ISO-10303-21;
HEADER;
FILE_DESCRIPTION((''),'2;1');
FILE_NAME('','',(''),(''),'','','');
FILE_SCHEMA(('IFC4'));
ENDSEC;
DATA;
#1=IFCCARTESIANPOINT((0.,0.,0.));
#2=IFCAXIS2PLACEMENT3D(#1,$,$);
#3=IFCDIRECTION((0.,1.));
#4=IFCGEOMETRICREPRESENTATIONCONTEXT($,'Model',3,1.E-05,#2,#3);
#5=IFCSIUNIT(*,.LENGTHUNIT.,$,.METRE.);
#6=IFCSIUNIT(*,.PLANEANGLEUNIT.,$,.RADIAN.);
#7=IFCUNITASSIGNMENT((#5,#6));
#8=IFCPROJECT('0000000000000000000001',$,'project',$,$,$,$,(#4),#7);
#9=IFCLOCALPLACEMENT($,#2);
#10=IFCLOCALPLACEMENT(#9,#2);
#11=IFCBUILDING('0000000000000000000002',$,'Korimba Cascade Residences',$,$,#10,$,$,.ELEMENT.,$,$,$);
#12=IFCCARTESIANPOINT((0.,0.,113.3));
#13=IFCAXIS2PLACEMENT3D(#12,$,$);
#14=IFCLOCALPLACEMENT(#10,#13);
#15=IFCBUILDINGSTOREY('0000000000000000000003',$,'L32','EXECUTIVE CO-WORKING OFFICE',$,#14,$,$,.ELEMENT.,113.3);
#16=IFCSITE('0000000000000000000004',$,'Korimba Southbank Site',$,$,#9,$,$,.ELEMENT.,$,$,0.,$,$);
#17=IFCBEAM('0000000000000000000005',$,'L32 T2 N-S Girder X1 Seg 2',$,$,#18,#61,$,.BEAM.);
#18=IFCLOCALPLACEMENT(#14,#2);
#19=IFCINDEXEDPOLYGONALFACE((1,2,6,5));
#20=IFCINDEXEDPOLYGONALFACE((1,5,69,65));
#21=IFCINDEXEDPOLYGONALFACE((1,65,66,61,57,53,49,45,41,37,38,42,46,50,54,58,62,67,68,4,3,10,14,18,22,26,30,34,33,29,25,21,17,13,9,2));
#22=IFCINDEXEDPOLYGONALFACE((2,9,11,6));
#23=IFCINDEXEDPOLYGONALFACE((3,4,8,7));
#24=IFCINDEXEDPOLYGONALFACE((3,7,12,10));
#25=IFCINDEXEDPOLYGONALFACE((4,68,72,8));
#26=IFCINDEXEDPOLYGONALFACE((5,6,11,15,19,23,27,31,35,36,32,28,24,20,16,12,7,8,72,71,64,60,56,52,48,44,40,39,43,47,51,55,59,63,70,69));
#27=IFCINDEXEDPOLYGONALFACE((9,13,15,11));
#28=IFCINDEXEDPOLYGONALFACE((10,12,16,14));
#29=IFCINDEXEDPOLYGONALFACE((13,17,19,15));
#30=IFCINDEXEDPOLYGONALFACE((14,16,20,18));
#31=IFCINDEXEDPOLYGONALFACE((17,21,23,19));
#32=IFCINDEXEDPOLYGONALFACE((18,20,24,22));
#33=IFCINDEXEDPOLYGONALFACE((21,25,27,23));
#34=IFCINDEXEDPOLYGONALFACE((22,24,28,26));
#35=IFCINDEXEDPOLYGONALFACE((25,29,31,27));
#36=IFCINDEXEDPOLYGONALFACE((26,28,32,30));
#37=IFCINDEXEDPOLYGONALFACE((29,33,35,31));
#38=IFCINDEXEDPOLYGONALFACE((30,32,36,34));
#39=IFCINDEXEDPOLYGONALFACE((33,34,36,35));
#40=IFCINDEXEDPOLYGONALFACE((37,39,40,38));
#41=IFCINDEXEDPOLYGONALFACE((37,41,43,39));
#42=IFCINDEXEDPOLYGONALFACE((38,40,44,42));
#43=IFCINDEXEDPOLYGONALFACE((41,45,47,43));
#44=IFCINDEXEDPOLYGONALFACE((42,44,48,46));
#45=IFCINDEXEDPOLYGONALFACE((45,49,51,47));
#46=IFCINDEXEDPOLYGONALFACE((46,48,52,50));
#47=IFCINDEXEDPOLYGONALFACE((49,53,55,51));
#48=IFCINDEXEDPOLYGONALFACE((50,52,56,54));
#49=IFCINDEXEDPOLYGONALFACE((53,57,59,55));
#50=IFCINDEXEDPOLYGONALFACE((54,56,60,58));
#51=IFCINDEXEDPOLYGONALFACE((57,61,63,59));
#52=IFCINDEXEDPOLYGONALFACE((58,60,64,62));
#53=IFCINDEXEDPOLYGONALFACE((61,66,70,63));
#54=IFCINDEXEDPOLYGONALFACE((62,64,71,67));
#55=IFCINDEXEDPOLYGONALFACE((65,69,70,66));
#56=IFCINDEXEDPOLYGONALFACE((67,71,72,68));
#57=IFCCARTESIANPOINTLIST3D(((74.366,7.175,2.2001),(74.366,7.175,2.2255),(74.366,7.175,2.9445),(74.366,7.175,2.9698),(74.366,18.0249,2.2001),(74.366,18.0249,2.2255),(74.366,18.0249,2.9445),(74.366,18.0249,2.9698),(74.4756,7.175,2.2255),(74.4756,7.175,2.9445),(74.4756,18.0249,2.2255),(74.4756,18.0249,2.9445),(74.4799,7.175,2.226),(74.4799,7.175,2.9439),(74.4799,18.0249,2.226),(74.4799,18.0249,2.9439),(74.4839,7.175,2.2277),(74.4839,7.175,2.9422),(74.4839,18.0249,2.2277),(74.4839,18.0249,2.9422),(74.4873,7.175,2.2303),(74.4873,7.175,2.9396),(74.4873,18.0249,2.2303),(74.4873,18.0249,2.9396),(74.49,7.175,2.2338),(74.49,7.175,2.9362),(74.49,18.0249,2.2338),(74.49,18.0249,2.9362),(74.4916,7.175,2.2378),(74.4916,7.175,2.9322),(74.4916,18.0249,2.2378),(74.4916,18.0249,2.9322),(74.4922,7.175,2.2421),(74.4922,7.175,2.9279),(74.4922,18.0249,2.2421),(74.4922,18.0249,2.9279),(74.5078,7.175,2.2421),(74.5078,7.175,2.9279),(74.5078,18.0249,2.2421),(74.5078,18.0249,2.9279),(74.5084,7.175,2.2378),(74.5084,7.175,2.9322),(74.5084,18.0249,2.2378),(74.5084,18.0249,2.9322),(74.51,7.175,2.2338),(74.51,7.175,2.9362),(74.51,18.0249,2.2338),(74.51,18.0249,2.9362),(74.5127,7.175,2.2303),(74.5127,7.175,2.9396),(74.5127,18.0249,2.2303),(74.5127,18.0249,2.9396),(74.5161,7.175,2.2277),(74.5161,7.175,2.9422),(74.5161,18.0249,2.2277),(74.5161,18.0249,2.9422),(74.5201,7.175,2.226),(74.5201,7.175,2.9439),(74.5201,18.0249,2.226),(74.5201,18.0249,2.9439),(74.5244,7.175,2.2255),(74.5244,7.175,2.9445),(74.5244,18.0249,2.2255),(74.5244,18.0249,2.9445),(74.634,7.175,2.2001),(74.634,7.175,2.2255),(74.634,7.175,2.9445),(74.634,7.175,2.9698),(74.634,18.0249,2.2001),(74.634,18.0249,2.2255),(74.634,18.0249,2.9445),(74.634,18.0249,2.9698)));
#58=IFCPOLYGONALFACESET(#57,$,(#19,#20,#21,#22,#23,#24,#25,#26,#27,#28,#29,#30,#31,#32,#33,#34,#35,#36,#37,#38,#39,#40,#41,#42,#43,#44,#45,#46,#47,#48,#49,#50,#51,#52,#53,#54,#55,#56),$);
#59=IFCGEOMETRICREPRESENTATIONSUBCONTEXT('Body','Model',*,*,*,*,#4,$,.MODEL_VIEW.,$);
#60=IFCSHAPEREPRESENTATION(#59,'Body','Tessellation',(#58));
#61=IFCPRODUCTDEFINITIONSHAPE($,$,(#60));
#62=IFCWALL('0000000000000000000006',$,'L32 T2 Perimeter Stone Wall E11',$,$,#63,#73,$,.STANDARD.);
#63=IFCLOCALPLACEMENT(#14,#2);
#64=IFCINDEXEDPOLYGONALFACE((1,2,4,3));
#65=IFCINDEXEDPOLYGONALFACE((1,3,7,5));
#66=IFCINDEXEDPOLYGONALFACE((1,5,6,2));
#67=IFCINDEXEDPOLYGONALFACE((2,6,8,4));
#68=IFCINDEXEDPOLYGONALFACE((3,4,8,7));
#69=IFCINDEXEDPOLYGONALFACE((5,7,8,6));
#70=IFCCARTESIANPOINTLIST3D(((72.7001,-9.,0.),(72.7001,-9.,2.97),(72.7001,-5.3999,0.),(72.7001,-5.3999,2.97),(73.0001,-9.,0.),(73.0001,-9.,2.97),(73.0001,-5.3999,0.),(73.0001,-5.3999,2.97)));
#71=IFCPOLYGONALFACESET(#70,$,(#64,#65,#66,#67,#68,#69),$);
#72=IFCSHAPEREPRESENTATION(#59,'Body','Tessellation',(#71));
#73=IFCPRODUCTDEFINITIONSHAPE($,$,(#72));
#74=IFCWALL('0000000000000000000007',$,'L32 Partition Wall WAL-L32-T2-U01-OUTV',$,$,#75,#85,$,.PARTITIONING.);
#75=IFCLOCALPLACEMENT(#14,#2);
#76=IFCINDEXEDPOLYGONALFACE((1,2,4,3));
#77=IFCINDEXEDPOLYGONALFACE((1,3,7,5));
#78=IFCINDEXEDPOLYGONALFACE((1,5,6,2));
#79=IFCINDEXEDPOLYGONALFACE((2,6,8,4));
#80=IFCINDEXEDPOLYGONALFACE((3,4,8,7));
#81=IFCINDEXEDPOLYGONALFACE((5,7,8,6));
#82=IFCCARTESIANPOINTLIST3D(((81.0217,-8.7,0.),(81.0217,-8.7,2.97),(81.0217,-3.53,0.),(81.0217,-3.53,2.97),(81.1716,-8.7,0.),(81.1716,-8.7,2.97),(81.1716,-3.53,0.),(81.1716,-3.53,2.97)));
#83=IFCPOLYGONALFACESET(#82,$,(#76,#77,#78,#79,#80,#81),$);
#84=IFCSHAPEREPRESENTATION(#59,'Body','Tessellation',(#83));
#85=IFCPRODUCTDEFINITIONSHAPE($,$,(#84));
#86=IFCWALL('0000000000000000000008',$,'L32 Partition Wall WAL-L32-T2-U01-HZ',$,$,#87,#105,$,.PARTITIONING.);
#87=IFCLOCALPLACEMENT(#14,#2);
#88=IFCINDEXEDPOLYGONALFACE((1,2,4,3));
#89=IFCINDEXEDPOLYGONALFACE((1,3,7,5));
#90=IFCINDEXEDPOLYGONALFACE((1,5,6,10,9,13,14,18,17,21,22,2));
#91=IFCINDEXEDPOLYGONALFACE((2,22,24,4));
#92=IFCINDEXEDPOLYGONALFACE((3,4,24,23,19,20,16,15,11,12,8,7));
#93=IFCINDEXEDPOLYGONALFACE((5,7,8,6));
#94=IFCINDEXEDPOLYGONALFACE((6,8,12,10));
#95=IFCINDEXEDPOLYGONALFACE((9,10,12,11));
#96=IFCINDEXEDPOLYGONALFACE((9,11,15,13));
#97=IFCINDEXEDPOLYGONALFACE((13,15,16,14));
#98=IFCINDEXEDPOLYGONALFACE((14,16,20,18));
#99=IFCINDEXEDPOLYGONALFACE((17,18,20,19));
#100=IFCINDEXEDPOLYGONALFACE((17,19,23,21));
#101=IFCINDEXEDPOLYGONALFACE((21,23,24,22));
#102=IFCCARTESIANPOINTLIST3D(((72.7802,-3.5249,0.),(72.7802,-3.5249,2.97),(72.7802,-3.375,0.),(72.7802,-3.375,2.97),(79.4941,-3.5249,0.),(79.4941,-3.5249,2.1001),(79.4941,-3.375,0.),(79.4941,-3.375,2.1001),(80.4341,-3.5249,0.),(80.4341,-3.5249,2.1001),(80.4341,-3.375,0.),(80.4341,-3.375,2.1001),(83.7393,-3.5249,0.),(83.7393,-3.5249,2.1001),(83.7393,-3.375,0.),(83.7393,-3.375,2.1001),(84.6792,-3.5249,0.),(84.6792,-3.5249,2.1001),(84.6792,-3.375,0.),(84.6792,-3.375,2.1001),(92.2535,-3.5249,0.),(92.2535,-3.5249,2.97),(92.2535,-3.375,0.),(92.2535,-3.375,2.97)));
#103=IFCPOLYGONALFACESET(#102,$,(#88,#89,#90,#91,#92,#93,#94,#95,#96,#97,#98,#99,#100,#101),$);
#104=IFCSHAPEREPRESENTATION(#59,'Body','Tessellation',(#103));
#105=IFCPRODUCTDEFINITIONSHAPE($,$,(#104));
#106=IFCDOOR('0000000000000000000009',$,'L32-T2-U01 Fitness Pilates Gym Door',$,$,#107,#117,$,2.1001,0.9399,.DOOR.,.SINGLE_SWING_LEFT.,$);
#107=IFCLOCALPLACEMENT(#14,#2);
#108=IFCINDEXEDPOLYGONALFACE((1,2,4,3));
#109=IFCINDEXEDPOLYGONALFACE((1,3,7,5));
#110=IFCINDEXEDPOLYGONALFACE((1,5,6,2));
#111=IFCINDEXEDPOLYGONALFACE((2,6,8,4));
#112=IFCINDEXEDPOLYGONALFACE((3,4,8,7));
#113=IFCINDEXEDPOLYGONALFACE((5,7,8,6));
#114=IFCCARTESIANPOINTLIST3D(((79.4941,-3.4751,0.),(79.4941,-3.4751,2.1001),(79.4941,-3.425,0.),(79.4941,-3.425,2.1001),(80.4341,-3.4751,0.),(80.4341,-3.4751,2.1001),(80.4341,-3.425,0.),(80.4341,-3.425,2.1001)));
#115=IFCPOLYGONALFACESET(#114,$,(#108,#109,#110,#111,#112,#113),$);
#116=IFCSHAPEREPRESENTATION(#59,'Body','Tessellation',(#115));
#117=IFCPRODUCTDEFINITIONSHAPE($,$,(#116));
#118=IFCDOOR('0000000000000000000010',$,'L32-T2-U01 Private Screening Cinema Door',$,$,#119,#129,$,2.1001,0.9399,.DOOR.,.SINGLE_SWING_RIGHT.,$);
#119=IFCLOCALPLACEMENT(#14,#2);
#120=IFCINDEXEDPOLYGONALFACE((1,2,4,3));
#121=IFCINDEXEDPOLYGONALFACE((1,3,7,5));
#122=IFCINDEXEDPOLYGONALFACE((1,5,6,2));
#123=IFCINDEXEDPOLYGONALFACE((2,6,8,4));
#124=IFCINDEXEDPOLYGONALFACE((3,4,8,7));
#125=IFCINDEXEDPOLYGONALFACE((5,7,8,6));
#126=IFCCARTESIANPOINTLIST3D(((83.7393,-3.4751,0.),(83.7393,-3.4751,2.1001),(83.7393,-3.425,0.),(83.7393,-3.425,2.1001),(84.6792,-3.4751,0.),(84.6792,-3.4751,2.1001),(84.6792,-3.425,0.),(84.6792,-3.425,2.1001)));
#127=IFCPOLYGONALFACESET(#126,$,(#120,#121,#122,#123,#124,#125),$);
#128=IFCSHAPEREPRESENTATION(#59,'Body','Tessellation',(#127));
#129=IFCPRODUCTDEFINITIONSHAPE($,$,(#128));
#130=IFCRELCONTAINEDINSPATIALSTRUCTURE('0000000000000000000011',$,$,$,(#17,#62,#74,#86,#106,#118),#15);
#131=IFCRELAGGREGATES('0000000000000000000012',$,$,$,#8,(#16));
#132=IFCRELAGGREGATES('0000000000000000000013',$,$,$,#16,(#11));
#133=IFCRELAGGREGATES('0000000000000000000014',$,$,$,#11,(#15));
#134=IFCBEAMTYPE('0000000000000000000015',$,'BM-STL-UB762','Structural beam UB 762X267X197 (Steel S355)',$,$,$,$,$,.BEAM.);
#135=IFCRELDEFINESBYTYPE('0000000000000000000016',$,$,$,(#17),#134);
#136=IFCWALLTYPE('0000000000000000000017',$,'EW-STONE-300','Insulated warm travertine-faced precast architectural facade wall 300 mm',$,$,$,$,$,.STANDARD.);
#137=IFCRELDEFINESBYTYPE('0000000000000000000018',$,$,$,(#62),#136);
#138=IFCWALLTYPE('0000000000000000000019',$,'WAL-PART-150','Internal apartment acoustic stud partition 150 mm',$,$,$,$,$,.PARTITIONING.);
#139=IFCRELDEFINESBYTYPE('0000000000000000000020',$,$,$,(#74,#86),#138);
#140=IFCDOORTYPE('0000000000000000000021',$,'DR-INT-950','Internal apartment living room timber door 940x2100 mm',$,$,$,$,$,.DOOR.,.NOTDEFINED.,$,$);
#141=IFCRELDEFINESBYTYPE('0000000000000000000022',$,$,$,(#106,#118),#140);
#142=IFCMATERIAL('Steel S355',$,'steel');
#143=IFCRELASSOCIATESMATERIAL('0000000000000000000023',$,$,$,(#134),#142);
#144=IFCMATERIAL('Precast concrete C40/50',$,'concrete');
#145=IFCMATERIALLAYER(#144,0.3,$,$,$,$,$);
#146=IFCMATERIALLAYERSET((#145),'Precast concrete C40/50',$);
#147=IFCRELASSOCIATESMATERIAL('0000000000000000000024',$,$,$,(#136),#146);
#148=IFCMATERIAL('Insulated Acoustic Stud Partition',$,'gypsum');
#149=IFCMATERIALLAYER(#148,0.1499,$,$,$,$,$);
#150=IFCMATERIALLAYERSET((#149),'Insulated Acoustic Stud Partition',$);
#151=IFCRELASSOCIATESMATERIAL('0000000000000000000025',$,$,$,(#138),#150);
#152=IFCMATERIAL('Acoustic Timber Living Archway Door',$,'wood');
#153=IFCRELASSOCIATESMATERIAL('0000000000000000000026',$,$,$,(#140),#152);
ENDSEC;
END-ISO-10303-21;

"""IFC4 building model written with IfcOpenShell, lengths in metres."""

from ifc_helpers import new_model, si_unit, direction, frame, frame_2d, origin, origin_2d, place, context, subcontext, project, spatial, rectangle, i_section, extrude, material, layer, layer_set, material_profile, profile_set, type_object, element, fill, save


model = new_model("IFC4")

# Units and contexts
model_context = context("Model", 3, precision=1e-05, world=origin(), true_north=direction((0.0, 1.0)))
body_context = subcontext(model_context, "Body", "Model", "MODEL_VIEW")
ifc_project = project(units=[si_unit("LENGTHUNIT", "METRE"), si_unit("PLANEANGLEUNIT", "RADIAN")], contexts=[model_context])

# Site, building, storey
site_placement = place(None, origin())
site = spatial("IfcSite", under=ifc_project, at=site_placement, Name="Korimba Southbank Site", CompositionType="ELEMENT", RefElevation=0.0)
building_placement = place(site_placement, origin())
building = spatial("IfcBuilding", under=site, at=building_placement, Name="Korimba Cascade Residences", CompositionType="ELEMENT")
storey_placement = place(building_placement, frame((0.0, 0.0, 113.3)))
storey = spatial("IfcBuildingStorey", under=building, at=storey_placement, Name="L32", Description="EXECUTIVE CO-WORKING OFFICE", CompositionType="ELEMENT", Elevation=113.3)

# Beam
ifc_material_1 = material(Name="Steel S355", Category="steel")
ifc_material_profile_1 = material_profile(ifc_material_1, i_section(OverallWidth=0.2681, OverallDepth=0.7698, WebThickness=0.0156, FlangeThickness=0.0254, FilletRadius=0.0166, at=origin_2d()), Name="Steel S355")
ifc_profile_set_1 = profile_set([ifc_material_profile_1], Name="Steel S355")
beam_type_1 = type_object("IfcBeamType", Name="BM-STL-UB762", Description="Structural beam UB 762X267X197 (Steel S355)", PredefinedType="BEAM", material=ifc_profile_set_1)
beam_1_placement = place(storey_placement, frame((74.5, 7.175, 2.585), z_axis=(0.0, 1.0, 0.0), x_axis=(-1.0, 0.0, 0.0)))
element("IfcBeam", 1, at=beam_1_placement, inside=storey, type_object=beam_type_1, Name="L32 T2 N-S Girder X1 Seg 2", PredefinedType="BEAM", context=body_context, shape_type="SweptSolid", body=[
    extrude(i_section(OverallWidth=0.2681, OverallDepth=0.7698, WebThickness=0.0156, FlangeThickness=0.0254, FilletRadius=0.0166, at=origin_2d()), origin(), (0.0, 0.0, 1.0), 10.8499),
])

# Walls
ifc_material_2 = material(Name="Precast concrete C40/50", Category="concrete")
ifc_layer_1 = layer(ifc_material_2, 0.3)
ifc_layer_set_1 = layer_set([ifc_layer_1], Name="Precast concrete C40/50")
wall_type_1 = type_object("IfcWallType", Name="EW-STONE-300", Description="Insulated warm travertine-faced precast architectural facade wall 300 mm", PredefinedType="STANDARD", material=ifc_layer_set_1)
wall_1_placement = place(storey_placement, frame((72.8501, -5.3999, 0.0), z_axis=(0.0, 0.0, 1.0), x_axis=(0.0, -1.0, 0.0)))
element("IfcWall", 2, at=wall_1_placement, inside=storey, type_object=wall_type_1, Name="L32 T2 Perimeter Stone Wall E11", PredefinedType="STANDARD", context=body_context, shape_type="SweptSolid", body=[
    extrude(rectangle(XDim=3.6001, YDim=0.3, at=frame_2d((1.8, 0.0))), origin(), (0.0, 0.0, 1.0), 2.97),
])
ifc_material_3 = material(Name="Insulated Acoustic Stud Partition", Category="gypsum")
ifc_layer_2 = layer(ifc_material_3, 0.1499)
ifc_layer_set_2 = layer_set([ifc_layer_2], Name="Insulated Acoustic Stud Partition")
wall_type_2 = type_object("IfcWallType", Name="WAL-PART-150", Description="Internal apartment acoustic stud partition 150 mm", PredefinedType="PARTITIONING", material=ifc_layer_set_2)
wall_2_placement = place(storey_placement, frame((81.0967, -8.7, 0.0), z_axis=(0.0, 0.0, 1.0), x_axis=(0.0, 1.0, 0.0)))
element("IfcWall", 3, at=wall_2_placement, inside=storey, type_object=wall_type_2, Name="L32 Partition Wall WAL-L32-T2-U01-OUTV", PredefinedType="PARTITIONING", context=body_context, shape_type="SweptSolid", body=[
    extrude(rectangle(XDim=5.1699, YDim=0.1499, at=frame_2d((2.585, 0.0))), origin(), (0.0, 0.0, 1.0), 2.97),
])

# Wall, openings, doors
wall_3_placement = place(storey_placement, frame((72.78, -3.45, 0.0), z_axis=(0.0, 0.0, 1.0), x_axis=(1.0, 0.0, 0.0)))
wall_3 = element("IfcWall", 4, at=wall_3_placement, inside=storey, type_object=wall_type_2, Name="L32 Partition Wall WAL-L32-T2-U01-HZ", PredefinedType="PARTITIONING", context=body_context, shape_type="SweptSolid", body=[
    extrude(rectangle(XDim=19.4734, YDim=0.1499, at=frame_2d((9.7368, 0.0))), origin(), (0.0, 0.0, 1.0), 2.97),
])
opening_1_placement = place(wall_3_placement, frame((6.7141, 0.0, 0.0)))
opening_1 = element("IfcOpeningElement", 5, at=opening_1_placement, cuts=wall_3, PredefinedType="OPENING", context=body_context, shape_type="SweptSolid", body=[
    extrude(rectangle(XDim=0.9399, YDim=2.1001, at=frame_2d((0.47, 1.05))), frame((0.0, 0.085, 0.0), z_axis=(0.0, -1.0, 0.0), x_axis=(1.0, 0.0, 0.0)), (0.0, 0.0, 1.0), 0.1699),
])
opening_2_placement = place(wall_3_placement, frame((10.9592, 0.0, 0.0)))
opening_2 = element("IfcOpeningElement", 6, at=opening_2_placement, cuts=wall_3, PredefinedType="OPENING", context=body_context, shape_type="SweptSolid", body=[
    extrude(rectangle(XDim=0.9399, YDim=2.1001, at=frame_2d((0.47, 1.05))), frame((0.0, 0.085, 0.0), z_axis=(0.0, -1.0, 0.0), x_axis=(1.0, 0.0, 0.0)), (0.0, 0.0, 1.0), 0.1699),
])
ifc_material_4 = material(Name="Acoustic Timber Living Archway Door", Category="wood")
door_type = type_object("IfcDoorType", Name="DR-INT-950", Description="Internal apartment living room timber door 940x2100 mm", OperationType="NOTDEFINED", PredefinedType="DOOR", material=ifc_material_4)
door_1_placement = place(opening_1_placement, origin())
door_1 = element("IfcDoor", 7, at=door_1_placement, inside=storey, type_object=door_type, Name="L32-T2-U01 Fitness Pilates Gym Door", OperationType="SINGLE_SWING_LEFT", OverallHeight=2.1001, OverallWidth=0.9399, PredefinedType="DOOR", context=body_context, shape_type="SweptSolid", body=[
    extrude(rectangle(XDim=0.9399, YDim=2.1001, at=frame_2d((0.47, 1.05))), frame((0.0, 0.0249, 0.0), z_axis=(0.0, -1.0, 0.0), x_axis=(1.0, 0.0, 0.0)), (0.0, 0.0, 1.0), 0.05),
])
fill(opening_1, door_1)
door_2_placement = place(opening_2_placement, origin())
door_2 = element("IfcDoor", 8, at=door_2_placement, inside=storey, type_object=door_type, Name="L32-T2-U01 Private Screening Cinema Door", OperationType="SINGLE_SWING_RIGHT", OverallHeight=2.1001, OverallWidth=0.9399, PredefinedType="DOOR", context=body_context, shape_type="SweptSolid", body=[
    extrude(rectangle(XDim=0.9399, YDim=2.1001, at=frame_2d((0.47, 1.05))), frame((0.0, 0.0249, 0.0), z_axis=(0.0, -1.0, 0.0), x_axis=(1.0, 0.0, 0.0)), (0.0, 0.0, 1.0), 0.05),
])
fill(opening_2, door_2)

save(model, "model.ifc")
